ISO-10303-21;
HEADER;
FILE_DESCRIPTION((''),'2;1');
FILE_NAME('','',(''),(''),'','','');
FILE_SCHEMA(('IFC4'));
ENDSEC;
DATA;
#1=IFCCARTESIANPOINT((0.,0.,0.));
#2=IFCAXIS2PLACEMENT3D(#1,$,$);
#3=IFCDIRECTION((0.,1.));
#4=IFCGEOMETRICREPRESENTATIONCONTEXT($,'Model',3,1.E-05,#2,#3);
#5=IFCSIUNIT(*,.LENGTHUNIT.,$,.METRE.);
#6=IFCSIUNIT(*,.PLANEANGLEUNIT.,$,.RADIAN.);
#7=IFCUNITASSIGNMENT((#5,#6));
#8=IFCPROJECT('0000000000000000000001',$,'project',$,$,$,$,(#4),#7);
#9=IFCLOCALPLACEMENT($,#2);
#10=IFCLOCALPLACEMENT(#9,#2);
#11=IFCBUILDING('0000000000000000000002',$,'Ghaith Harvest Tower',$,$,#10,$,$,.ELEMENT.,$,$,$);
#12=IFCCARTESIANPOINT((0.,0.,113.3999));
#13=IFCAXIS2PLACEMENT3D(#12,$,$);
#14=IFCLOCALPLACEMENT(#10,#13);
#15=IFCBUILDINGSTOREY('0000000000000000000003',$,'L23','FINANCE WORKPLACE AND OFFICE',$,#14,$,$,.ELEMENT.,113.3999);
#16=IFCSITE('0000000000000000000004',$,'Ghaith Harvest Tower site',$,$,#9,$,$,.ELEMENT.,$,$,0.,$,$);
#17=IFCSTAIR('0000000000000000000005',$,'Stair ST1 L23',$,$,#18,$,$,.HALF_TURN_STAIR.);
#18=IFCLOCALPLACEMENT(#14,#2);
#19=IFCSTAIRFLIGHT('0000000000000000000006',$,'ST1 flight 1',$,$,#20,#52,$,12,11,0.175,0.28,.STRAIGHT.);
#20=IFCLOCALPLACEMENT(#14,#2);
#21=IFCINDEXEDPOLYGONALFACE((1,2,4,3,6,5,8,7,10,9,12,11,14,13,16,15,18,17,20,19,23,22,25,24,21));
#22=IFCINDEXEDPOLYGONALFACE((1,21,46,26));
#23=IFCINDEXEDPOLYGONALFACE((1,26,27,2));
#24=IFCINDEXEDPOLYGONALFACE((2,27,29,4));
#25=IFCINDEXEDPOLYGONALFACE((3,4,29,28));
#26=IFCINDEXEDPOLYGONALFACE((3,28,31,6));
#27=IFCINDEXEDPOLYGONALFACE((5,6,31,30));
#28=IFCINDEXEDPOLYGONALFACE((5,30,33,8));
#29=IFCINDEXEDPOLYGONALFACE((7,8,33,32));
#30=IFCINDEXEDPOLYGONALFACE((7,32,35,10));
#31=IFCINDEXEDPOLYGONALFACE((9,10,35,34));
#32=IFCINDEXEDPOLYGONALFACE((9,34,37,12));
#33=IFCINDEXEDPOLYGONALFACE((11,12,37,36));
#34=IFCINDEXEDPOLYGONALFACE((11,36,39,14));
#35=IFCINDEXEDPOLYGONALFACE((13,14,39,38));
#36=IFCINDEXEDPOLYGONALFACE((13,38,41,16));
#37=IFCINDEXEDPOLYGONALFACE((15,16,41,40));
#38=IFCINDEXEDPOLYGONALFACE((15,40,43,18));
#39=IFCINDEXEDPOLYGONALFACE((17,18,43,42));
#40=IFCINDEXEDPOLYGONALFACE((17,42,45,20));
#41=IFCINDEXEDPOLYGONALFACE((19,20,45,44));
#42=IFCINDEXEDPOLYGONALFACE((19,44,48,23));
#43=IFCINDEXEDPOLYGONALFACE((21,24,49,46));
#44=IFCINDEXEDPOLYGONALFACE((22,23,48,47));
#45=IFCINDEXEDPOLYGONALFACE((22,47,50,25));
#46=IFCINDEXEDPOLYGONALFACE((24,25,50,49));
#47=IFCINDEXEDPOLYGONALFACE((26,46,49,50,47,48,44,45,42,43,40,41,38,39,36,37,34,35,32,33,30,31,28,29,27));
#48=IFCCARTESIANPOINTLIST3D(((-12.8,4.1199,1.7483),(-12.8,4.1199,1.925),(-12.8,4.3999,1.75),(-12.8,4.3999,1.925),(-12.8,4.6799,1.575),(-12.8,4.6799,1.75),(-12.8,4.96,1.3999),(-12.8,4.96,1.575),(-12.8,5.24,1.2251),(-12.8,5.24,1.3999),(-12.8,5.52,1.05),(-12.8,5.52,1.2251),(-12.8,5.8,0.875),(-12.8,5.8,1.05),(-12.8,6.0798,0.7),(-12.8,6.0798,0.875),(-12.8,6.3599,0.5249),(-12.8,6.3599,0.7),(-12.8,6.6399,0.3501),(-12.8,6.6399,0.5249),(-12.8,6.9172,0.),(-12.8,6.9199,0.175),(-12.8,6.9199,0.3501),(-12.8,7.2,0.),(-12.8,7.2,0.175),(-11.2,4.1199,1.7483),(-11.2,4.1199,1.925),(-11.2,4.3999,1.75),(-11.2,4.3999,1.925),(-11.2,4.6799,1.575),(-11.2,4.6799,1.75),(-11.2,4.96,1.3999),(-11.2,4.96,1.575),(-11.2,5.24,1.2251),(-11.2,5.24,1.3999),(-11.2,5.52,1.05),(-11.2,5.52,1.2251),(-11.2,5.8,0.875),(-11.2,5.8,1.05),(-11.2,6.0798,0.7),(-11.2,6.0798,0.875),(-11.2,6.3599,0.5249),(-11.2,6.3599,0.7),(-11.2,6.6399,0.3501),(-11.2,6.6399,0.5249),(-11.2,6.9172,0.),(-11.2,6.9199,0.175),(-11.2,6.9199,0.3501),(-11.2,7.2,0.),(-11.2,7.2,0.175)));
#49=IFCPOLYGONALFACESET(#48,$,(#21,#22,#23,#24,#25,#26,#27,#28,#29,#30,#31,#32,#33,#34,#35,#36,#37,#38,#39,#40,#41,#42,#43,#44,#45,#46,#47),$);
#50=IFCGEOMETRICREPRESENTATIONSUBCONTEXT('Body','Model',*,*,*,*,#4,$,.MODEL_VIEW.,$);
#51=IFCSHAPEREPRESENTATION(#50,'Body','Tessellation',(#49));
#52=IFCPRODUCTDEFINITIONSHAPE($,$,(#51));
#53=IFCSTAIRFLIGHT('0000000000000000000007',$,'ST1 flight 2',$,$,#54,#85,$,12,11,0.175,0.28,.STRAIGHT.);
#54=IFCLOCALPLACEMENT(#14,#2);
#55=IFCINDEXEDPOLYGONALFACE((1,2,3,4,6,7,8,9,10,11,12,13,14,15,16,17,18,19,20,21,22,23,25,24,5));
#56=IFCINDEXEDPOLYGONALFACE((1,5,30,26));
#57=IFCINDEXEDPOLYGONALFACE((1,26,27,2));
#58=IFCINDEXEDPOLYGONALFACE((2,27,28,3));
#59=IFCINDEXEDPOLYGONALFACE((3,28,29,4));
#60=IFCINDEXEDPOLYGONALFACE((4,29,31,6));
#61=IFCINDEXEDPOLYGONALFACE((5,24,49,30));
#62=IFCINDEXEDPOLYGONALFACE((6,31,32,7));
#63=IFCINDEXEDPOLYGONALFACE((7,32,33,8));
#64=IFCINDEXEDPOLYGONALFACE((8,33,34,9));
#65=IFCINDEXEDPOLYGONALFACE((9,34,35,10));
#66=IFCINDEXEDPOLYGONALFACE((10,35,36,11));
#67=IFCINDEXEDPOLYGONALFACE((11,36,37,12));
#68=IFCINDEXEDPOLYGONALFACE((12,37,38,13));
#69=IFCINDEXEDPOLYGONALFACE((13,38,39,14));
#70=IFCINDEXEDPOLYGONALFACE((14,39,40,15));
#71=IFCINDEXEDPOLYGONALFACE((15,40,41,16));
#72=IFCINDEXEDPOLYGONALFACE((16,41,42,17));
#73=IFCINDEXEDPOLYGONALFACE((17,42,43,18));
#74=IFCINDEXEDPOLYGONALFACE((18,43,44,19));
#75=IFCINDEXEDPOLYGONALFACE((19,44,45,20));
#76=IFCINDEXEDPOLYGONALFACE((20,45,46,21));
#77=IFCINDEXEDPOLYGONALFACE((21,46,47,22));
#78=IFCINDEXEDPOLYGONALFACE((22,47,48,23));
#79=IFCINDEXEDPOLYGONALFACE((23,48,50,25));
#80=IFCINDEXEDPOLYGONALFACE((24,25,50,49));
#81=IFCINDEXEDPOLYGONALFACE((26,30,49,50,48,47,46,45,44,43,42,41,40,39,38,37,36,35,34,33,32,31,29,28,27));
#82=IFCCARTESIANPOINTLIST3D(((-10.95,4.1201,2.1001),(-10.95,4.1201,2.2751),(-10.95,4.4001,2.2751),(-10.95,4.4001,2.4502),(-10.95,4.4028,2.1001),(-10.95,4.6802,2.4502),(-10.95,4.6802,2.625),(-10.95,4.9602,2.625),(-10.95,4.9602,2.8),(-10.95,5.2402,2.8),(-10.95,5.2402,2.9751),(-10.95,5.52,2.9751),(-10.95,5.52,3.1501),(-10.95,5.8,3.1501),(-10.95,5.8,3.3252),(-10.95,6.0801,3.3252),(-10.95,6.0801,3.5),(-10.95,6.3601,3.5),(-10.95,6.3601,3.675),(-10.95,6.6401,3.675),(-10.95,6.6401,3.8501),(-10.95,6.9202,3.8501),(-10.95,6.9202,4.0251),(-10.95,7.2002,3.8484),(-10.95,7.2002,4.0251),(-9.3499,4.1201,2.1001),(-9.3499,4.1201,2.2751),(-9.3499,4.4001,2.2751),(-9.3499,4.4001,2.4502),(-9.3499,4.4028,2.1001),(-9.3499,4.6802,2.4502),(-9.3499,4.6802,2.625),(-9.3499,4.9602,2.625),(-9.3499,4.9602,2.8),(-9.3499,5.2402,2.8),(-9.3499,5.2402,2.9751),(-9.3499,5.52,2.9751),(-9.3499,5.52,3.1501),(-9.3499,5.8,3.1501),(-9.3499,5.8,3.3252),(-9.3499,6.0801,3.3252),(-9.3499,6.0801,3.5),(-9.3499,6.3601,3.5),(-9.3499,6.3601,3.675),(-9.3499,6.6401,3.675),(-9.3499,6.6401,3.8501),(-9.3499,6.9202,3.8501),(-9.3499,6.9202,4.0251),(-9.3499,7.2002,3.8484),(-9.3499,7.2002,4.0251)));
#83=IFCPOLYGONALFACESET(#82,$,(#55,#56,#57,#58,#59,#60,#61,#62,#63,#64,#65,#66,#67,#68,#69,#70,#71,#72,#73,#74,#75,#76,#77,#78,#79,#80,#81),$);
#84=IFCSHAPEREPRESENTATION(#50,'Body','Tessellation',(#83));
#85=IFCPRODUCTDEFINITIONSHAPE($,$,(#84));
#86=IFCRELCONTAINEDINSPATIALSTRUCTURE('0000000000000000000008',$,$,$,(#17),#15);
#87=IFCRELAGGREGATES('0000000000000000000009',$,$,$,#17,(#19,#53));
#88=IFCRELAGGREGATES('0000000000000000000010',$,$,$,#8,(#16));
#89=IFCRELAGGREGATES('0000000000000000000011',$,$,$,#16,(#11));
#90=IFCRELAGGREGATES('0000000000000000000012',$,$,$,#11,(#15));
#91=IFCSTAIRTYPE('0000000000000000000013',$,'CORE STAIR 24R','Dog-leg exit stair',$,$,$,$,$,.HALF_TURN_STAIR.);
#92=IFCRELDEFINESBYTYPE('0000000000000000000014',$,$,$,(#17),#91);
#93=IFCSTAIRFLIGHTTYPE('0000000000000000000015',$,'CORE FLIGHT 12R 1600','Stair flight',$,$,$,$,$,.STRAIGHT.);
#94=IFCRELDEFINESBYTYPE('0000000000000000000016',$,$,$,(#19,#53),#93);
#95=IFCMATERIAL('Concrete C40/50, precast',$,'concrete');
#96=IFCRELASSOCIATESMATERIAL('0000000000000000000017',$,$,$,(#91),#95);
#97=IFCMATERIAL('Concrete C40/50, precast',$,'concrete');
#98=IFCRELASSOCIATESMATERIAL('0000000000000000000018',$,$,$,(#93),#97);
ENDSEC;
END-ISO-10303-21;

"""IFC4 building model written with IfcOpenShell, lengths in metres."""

from ifc_helpers import new_model, si_unit, direction, frame, origin, place, context, subcontext, project, spatial, polyline, outline, extrude, material, type_object, element, aggregate, save


model = new_model("IFC4")

# Units and contexts
model_context = context("Model", 3, precision=1e-05, world=origin(), true_north=direction((0.0, 1.0)))
body_context = subcontext(model_context, "Body", "Model", "MODEL_VIEW")
ifc_project = project(units=[si_unit("LENGTHUNIT", "METRE"), si_unit("PLANEANGLEUNIT", "RADIAN")], contexts=[model_context])

# Site, building, storey
site_placement = place(None, origin())
site = spatial("IfcSite", under=ifc_project, at=site_placement, Name="Ghaith Harvest Tower site", CompositionType="ELEMENT", RefElevation=0.0)
building_placement = place(site_placement, origin())
building = spatial("IfcBuilding", under=site, at=building_placement, Name="Ghaith Harvest Tower", CompositionType="ELEMENT")
storey_placement = place(building_placement, frame((0.0, 0.0, 113.3999)))
storey = spatial("IfcBuildingStorey", under=building, at=storey_placement, Name="L23", Description="FINANCE WORKPLACE AND OFFICE", CompositionType="ELEMENT", Elevation=113.3999)

# Stair, stair flights
ifc_material_1 = material(Name="Concrete C40/50, precast", Category="concrete")
stair_type = type_object("IfcStairType", Name="CORE STAIR 24R", Description="Dog-leg exit stair", PredefinedType="HALF_TURN_STAIR", material=ifc_material_1)
stair_placement = place(storey_placement, origin())
stair = element("IfcStair", 1, at=stair_placement, inside=storey, type_object=stair_type, Name="Stair ST1 L23", PredefinedType="HALF_TURN_STAIR")
ifc_material_2 = material(Name="Concrete C40/50, precast", Category="concrete")
stair_flight_type = type_object("IfcStairFlightType", Name="CORE FLIGHT 12R 1600", Description="Stair flight", PredefinedType="STRAIGHT", material=ifc_material_2)
stair_flight_1_placement = place(storey_placement, frame((-12.0, 7.2, 0.0), z_axis=(0.0, 0.0, 1.0), x_axis=(0.0, -1.0, 0.0)))
stair_flight_1 = element("IfcStairFlight", 2, at=stair_flight_1_placement, type_object=stair_flight_type, Name="ST1 flight 1", NumberOfRisers=12, NumberOfTreads=11, PredefinedType="STRAIGHT", RiserHeight=0.175, TreadLength=0.28, context=body_context, shape_type="SweptSolid", body=[
    extrude(outline(polyline([(0.0, 0.0), (0.0, 0.175), (0.28, 0.175), (0.28, 0.3501), (0.5601, 0.3501), (0.5601, 0.5249), (0.8401, 0.5249), (0.8401, 0.7), (1.1201, 0.7), (1.1201, 0.875), (1.3999, 0.875), (1.3999, 1.05), (1.6799, 1.05), (1.6799, 1.2251), (1.96, 1.2251), (1.96, 1.3999), (2.24, 1.3999), (2.24, 1.575), (2.52, 1.575), (2.52, 1.75), (2.8, 1.75), (2.8, 1.925), (3.0801, 1.925), (3.0801, 2.1001), (3.0801, 1.7483), (0.2827, 0.0), (0.0, 0.0)])), frame((0.0, 0.8, 0.0), z_axis=(0.0, -1.0, 0.0), x_axis=(1.0, 0.0, 0.0)), (0.0, 0.0, 1.0), 1.6001),
])
stair_flight_2_placement = place(storey_placement, frame((-10.1499, 4.1201, 2.1001), z_axis=(0.0, 0.0, 1.0), x_axis=(0.0, 1.0, 0.0)))
stair_flight_2 = element("IfcStairFlight", 3, at=stair_flight_2_placement, type_object=stair_flight_type, Name="ST1 flight 2", NumberOfRisers=12, NumberOfTreads=11, PredefinedType="STRAIGHT", RiserHeight=0.175, TreadLength=0.28, context=body_context, shape_type="SweptSolid", body=[
    extrude(outline(polyline([(0.0, 0.0), (0.0, 0.175), (0.28, 0.175), (0.28, 0.3501), (0.5601, 0.3501), (0.5601, 0.5249), (0.8401, 0.5249), (0.8401, 0.7), (1.1201, 0.7), (1.1201, 0.875), (1.3999, 0.875), (1.3999, 1.05), (1.6799, 1.05), (1.6799, 1.2251), (1.96, 1.2251), (1.96, 1.3999), (2.24, 1.3999), (2.24, 1.575), (2.52, 1.575), (2.52, 1.75), (2.8, 1.75), (2.8, 1.925), (3.0801, 1.925), (3.0801, 2.1001), (3.0801, 1.7483), (0.2827, 0.0), (0.0, 0.0)])), frame((0.0, 0.8, 0.0), z_axis=(0.0, -1.0, 0.0), x_axis=(1.0, 0.0, 0.0)), (0.0, 0.0, 1.0), 1.6001),
])
aggregate(stair, [stair_flight_1, stair_flight_2])

save(model, "model.ifc")
